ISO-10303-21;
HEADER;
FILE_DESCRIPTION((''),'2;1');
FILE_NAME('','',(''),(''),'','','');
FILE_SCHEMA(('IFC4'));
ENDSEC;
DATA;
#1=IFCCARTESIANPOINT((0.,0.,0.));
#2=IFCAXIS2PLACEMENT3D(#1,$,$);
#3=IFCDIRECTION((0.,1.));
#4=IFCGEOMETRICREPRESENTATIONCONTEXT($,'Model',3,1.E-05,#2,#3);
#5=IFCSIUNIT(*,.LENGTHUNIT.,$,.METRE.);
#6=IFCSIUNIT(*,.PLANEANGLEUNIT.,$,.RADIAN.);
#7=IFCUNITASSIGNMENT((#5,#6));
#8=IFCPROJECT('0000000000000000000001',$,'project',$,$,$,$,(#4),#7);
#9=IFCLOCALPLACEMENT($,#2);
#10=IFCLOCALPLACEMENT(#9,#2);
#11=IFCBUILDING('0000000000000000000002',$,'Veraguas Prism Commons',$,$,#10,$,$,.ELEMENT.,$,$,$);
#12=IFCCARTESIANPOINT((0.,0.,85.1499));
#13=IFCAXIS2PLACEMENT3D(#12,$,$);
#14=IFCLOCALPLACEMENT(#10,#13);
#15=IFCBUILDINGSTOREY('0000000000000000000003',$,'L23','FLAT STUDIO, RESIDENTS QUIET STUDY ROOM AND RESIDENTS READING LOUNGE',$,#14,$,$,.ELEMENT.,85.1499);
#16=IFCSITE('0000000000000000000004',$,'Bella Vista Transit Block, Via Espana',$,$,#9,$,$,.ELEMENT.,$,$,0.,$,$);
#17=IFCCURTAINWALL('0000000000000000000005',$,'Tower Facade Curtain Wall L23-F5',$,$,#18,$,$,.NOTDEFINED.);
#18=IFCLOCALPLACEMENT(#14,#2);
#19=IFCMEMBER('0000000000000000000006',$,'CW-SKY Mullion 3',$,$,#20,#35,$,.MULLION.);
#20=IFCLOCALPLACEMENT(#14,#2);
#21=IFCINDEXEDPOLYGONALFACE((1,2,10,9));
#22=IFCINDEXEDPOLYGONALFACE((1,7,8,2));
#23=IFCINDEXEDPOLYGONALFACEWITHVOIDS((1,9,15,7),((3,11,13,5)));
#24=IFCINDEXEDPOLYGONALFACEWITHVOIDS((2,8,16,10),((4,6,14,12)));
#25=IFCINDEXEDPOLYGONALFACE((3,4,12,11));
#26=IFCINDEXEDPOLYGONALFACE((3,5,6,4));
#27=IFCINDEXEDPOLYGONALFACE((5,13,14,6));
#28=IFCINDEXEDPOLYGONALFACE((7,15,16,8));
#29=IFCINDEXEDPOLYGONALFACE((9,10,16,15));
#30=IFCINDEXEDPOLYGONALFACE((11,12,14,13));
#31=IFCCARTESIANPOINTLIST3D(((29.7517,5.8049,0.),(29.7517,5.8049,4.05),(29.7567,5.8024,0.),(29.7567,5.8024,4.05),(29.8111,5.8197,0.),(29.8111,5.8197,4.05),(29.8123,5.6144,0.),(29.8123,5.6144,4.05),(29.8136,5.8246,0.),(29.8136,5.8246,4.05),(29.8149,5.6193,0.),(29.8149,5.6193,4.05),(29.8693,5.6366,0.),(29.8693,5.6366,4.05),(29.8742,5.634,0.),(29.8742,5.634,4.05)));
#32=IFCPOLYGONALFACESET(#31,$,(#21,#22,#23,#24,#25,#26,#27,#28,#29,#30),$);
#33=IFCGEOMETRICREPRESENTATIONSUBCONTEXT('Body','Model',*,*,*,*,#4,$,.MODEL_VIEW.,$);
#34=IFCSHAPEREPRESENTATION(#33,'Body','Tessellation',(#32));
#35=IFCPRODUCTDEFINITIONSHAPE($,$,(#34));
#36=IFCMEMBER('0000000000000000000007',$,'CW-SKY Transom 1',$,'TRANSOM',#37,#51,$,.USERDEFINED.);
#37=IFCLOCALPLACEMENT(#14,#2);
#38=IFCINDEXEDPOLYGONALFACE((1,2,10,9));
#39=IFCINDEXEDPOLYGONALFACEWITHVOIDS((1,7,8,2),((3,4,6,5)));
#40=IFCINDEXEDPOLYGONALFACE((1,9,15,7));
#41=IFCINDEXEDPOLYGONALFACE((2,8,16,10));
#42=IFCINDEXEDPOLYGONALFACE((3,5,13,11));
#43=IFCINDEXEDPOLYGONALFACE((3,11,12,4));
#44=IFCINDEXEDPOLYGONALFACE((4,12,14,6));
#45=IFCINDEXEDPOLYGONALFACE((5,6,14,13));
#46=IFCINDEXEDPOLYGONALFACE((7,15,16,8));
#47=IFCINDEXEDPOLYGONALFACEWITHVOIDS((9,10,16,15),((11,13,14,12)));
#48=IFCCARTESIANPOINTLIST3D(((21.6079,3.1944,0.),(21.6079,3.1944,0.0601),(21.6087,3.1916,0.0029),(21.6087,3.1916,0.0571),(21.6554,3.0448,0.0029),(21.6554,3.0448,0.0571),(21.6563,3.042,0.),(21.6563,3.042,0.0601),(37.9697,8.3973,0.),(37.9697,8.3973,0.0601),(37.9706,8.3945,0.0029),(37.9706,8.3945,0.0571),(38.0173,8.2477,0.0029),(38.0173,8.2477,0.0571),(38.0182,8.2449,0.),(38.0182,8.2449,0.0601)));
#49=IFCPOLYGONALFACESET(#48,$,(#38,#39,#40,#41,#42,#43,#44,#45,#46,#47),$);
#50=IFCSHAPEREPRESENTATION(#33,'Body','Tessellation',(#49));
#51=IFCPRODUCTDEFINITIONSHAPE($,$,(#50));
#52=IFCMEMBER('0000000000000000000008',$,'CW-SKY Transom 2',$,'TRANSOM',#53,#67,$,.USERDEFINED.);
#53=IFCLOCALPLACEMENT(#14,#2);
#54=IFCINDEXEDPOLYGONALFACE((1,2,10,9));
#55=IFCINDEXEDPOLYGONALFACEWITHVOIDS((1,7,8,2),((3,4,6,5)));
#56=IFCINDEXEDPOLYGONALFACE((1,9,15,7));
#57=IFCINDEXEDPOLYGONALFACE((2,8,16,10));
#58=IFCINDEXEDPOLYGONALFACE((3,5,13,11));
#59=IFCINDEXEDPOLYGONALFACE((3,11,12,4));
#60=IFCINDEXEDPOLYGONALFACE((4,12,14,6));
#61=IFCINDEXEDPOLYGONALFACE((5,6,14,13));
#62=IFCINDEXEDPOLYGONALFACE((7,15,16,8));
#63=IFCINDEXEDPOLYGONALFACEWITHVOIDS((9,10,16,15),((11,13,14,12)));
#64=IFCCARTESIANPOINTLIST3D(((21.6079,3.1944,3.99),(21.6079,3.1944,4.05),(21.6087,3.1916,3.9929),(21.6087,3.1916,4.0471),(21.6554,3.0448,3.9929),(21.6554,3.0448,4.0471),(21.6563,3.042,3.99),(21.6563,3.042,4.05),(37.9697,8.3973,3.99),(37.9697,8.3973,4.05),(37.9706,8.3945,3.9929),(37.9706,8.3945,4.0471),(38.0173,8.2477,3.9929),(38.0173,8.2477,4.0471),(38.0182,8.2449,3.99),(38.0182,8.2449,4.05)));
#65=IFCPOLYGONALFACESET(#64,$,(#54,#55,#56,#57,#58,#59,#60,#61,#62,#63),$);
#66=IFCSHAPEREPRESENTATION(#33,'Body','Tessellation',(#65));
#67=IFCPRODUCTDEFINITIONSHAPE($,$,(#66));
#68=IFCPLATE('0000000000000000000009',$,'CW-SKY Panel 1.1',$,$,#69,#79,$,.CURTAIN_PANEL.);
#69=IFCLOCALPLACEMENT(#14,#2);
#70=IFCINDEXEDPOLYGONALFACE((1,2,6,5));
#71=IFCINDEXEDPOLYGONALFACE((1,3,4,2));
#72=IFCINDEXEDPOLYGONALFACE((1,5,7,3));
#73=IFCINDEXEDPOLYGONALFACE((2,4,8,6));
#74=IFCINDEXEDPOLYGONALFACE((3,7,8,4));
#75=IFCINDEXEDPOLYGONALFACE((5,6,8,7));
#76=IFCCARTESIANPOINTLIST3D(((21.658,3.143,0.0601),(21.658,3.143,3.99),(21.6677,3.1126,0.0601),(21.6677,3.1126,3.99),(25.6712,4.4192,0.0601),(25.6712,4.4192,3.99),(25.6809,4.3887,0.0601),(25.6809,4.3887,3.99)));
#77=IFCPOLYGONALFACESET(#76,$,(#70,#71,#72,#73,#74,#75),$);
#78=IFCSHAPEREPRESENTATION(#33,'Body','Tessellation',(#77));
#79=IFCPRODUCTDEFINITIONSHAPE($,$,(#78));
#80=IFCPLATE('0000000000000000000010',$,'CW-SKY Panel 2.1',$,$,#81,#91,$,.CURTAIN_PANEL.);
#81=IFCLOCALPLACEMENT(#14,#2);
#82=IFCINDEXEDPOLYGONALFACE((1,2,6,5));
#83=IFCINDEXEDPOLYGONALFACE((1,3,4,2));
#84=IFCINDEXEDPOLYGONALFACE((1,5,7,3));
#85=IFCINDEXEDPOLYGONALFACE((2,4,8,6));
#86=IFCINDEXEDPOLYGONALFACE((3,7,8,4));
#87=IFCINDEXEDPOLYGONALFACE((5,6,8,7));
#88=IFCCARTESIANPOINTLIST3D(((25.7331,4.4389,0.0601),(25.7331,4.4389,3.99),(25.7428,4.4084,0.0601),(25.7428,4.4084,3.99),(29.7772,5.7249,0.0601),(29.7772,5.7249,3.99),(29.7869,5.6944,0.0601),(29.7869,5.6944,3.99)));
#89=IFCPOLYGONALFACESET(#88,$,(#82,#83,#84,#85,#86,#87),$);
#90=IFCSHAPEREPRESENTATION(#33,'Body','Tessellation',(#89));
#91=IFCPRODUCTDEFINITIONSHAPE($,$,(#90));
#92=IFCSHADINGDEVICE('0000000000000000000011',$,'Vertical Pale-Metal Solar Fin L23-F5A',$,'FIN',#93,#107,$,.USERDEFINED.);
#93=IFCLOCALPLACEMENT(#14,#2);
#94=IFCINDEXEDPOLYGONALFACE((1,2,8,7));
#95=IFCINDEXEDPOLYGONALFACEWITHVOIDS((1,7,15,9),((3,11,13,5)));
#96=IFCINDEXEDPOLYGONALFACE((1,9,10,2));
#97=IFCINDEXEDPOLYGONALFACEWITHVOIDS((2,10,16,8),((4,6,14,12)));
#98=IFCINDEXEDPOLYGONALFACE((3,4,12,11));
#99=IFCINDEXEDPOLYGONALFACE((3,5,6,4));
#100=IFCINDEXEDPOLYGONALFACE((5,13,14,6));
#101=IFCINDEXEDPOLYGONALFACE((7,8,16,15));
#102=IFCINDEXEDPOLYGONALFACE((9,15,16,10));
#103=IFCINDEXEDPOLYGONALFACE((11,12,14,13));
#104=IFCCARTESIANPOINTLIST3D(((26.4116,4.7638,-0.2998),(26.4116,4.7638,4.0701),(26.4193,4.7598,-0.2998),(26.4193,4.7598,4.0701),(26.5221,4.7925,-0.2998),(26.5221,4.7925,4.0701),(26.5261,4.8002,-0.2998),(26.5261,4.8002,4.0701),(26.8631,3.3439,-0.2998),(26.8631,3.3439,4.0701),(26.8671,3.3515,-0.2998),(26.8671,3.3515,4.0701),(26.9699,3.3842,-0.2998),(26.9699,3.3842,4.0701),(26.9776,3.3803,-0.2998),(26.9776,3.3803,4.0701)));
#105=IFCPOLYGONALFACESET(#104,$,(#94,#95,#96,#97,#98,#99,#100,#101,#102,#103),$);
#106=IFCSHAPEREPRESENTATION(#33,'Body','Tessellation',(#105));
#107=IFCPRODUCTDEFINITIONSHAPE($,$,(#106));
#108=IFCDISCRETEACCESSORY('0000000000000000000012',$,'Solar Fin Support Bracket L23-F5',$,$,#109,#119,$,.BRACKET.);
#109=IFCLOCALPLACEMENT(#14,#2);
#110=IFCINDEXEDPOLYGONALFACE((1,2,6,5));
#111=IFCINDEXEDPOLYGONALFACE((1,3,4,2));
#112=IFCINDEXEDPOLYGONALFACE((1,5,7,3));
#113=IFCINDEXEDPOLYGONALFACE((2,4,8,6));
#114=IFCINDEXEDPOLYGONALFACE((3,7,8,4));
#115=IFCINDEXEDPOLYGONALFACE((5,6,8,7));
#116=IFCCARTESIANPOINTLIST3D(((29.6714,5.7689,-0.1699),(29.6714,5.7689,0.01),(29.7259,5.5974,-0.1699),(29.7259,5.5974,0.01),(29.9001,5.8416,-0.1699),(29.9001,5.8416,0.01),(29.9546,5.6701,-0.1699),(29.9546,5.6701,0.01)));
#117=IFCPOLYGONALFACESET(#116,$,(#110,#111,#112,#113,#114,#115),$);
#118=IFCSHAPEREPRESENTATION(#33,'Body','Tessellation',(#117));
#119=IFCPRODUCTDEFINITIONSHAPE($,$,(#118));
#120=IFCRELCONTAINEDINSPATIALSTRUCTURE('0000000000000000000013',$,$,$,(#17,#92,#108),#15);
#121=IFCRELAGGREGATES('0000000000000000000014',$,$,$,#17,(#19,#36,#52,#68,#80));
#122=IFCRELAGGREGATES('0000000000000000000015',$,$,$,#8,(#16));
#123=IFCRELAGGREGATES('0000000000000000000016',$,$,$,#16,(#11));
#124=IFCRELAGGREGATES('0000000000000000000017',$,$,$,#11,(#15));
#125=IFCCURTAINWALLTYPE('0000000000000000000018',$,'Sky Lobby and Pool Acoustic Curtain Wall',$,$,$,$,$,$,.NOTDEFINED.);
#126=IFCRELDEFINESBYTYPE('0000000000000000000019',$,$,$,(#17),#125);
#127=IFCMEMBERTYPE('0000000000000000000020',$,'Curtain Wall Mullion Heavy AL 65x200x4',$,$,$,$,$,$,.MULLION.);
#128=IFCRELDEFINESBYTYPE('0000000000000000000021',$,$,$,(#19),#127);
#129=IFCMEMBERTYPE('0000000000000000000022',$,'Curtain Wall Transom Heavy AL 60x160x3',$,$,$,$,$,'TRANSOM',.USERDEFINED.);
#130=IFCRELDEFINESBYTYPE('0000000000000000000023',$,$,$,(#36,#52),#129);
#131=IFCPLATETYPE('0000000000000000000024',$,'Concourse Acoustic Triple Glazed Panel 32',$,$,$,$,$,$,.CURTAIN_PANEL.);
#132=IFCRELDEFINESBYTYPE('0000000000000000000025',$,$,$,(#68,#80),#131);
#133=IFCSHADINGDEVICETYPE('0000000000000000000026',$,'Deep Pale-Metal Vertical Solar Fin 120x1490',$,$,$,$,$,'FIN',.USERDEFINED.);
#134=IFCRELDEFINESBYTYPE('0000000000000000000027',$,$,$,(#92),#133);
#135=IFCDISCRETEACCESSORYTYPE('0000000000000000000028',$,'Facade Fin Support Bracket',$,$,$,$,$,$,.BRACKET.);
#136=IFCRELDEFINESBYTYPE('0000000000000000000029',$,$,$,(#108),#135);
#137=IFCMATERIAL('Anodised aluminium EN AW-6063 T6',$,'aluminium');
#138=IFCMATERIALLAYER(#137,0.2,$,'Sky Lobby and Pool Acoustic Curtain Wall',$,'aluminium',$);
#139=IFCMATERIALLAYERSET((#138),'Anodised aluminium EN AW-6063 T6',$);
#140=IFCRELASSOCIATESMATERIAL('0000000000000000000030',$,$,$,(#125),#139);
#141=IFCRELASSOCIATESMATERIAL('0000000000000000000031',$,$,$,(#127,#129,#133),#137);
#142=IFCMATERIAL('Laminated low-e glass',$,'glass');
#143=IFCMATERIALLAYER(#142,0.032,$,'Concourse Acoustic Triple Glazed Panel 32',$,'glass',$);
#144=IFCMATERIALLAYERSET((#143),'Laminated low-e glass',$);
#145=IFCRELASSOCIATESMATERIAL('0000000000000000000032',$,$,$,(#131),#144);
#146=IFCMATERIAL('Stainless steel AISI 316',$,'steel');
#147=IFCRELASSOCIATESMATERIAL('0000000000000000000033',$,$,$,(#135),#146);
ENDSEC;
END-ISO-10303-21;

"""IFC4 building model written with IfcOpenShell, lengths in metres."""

from ifc_helpers import new_model, si_unit, direction, frame, origin, origin_2d, place, context, subcontext, project, spatial, rectangle, hollow_rectangle, extrude, source, transform, mapped, material, layer, layer_set, material_profile, profile_set, type_object, element, aggregate, save


model = new_model("IFC4")

# Units and contexts
model_context = context("Model", 3, precision=1e-05, world=origin(), true_north=direction((0.0, 1.0)))
body_context = subcontext(model_context, "Body", "Model", "MODEL_VIEW")
ifc_project = project(units=[si_unit("LENGTHUNIT", "METRE"), si_unit("PLANEANGLEUNIT", "RADIAN")], contexts=[model_context])

# Site, building, storey
site_placement = place(None, origin())
site = spatial("IfcSite", under=ifc_project, at=site_placement, Name="Bella Vista Transit Block, Via Espana", CompositionType="ELEMENT", RefElevation=0.0)
building_placement = place(site_placement, origin())
building = spatial("IfcBuilding", under=site, at=building_placement, Name="Veraguas Prism Commons", CompositionType="ELEMENT")
storey_placement = place(building_placement, frame((0.0, 0.0, 85.1499)))
storey = spatial("IfcBuildingStorey", under=building, at=storey_placement, Name="L23", Description="FLAT STUDIO, RESIDENTS QUIET STUDY ROOM AND RESIDENTS READING LOUNGE", CompositionType="ELEMENT", Elevation=85.1499)

# Curtain wall, members, plates
ifc_material_1 = material(Name="Anodised aluminium EN AW-6063 T6", Category="aluminium")
ifc_layer_1 = layer(ifc_material_1, 0.2, Name="Sky Lobby and Pool Acoustic Curtain Wall", Category="aluminium")
ifc_layer_set_1 = layer_set([ifc_layer_1], Name="Anodised aluminium EN AW-6063 T6")
curtain_wall_type = type_object("IfcCurtainWallType", Name="Sky Lobby and Pool Acoustic Curtain Wall", PredefinedType="NOTDEFINED", material=ifc_layer_set_1)
curtain_wall_placement = place(storey_placement, origin())
curtain_wall = element("IfcCurtainWall", 1, at=curtain_wall_placement, inside=storey, type_object=curtain_wall_type, Name="Tower Facade Curtain Wall L23-F5", PredefinedType="NOTDEFINED")
ifc_material_profile_1 = material_profile(ifc_material_1, hollow_rectangle(XDim=0.0649, YDim=0.2, WallThickness=0.0039, at=origin_2d()), Name="AL65X200X4")
ifc_profile_set_1 = profile_set([ifc_material_profile_1], Name="Anodised aluminium EN AW-6063 T6")
member_type_1 = type_object("IfcMemberType", Name="Curtain Wall Mullion Heavy AL 65x200x4", PredefinedType="MULLION", material=ifc_profile_set_1)
shared_shape_1 = source(origin(), body_context, "Body", "SweptSolid", [
    extrude(hollow_rectangle(XDim=0.0649, YDim=0.2, WallThickness=0.0039, at=origin_2d()), origin(), (0.0, 0.0, 1.0), 4.05),
])
member_1_placement = place(storey_placement, frame((29.813, 5.7195, 0.0), z_axis=(0.0, 0.0, 1.0), x_axis=(0.952979, 0.303035, 0.0)))
member_1 = element("IfcMember", 2, at=member_1_placement, type_object=member_type_1, Name="CW-SKY Mullion 3", PredefinedType="MULLION", context=body_context, shape_type="MappedRepresentation", body=[
    mapped(shared_shape_1, transform((0.0, 0.0, 0.0), scale=1.0)),
])
ifc_material_profile_2 = material_profile(ifc_material_1, hollow_rectangle(XDim=0.0601, YDim=0.1599, WallThickness=0.0029, at=origin_2d()), Name="AL60X160X3")
ifc_profile_set_2 = profile_set([ifc_material_profile_2], Name="Anodised aluminium EN AW-6063 T6")
member_type_2 = type_object("IfcMemberType", Name="Curtain Wall Transom Heavy AL 60x160x3", ElementType="TRANSOM", PredefinedType="USERDEFINED", material=ifc_profile_set_2)
shared_shape_2 = source(origin(), body_context, "Body", "SweptSolid", [
    extrude(hollow_rectangle(XDim=0.0601, YDim=0.1599, WallThickness=0.0029, at=origin_2d()), origin(), (0.0, 0.0, 1.0), 17.1692),
])
member_2_placement = place(storey_placement, frame((21.6321, 3.1182, 0.03), z_axis=(0.952979, 0.303037, 0.0), x_axis=(0.0, 0.0, 1.0)))
member_2 = element("IfcMember", 3, at=member_2_placement, type_object=member_type_2, Name="CW-SKY Transom 1", ObjectType="TRANSOM", PredefinedType="USERDEFINED", context=body_context, shape_type="MappedRepresentation", body=[
    mapped(shared_shape_2, transform((0.0, 0.0, 0.0), scale=1.0)),
])
member_3_placement = place(storey_placement, frame((21.6321, 3.1182, 4.02), z_axis=(0.952979, 0.303037, 0.0), x_axis=(0.0, 0.0, 1.0)))
member_3 = element("IfcMember", 4, at=member_3_placement, type_object=member_type_2, Name="CW-SKY Transom 2", ObjectType="TRANSOM", PredefinedType="USERDEFINED", context=body_context, shape_type="MappedRepresentation", body=[
    mapped(shared_shape_2, transform((0.0, 0.0, 0.0), scale=1.0)),
])
ifc_material_2 = material(Name="Laminated low-e glass", Category="glass")
ifc_layer_2 = layer(ifc_material_2, 0.032, Name="Concourse Acoustic Triple Glazed Panel 32", Category="glass")
ifc_layer_set_2 = layer_set([ifc_layer_2], Name="Laminated low-e glass")
plate_type = type_object("IfcPlateType", Name="Concourse Acoustic Triple Glazed Panel 32", PredefinedType="CURTAIN_PANEL", material=ifc_layer_set_2)
shared_shape_3 = source(origin(), body_context, "Body", "SweptSolid", [
    extrude(rectangle(XDim=4.2112, YDim=0.032, at=origin_2d()), origin(), (0.0, 0.0, 1.0), 3.9299),
])
plate_1_placement = place(storey_placement, frame((23.6694, 3.7659, 0.0601), z_axis=(0.0, 0.0, 1.0), x_axis=(0.952979, 0.303035, 0.0)))
plate_1 = element("IfcPlate", 5, at=plate_1_placement, type_object=plate_type, Name="CW-SKY Panel 1.1", PredefinedType="CURTAIN_PANEL", context=body_context, shape_type="MappedRepresentation", body=[
    mapped(shared_shape_3, transform((0.0, 0.0, 0.0), scale=1.0)),
])
shared_shape_4 = source(origin(), body_context, "Body", "SweptSolid", [
    extrude(rectangle(XDim=4.2437, YDim=0.032, at=origin_2d()), origin(), (0.0, 0.0, 1.0), 3.9299),
])
plate_2_placement = place(storey_placement, frame((27.76, 5.0667, 0.0601), z_axis=(0.0, 0.0, 1.0), x_axis=(0.952979, 0.303035, 0.0)))
plate_2 = element("IfcPlate", 6, at=plate_2_placement, type_object=plate_type, Name="CW-SKY Panel 2.1", PredefinedType="CURTAIN_PANEL", context=body_context, shape_type="MappedRepresentation", body=[
    mapped(shared_shape_4, transform((0.0, 0.0, 0.0), scale=1.0)),
])
aggregate(curtain_wall, [member_1, member_2, member_3, plate_1, plate_2])

# Shading device
ifc_material_profile_3 = material_profile(ifc_material_1, hollow_rectangle(XDim=0.1201, YDim=1.49, WallThickness=0.0061, at=origin_2d()), Name="FIN120X1490X6")
ifc_profile_set_3 = profile_set([ifc_material_profile_3], Name="Anodised aluminium EN AW-6063 T6")
shading_device_type = type_object("IfcShadingDeviceType", Name="Deep Pale-Metal Vertical Solar Fin 120x1490", ElementType="FIN", PredefinedType="USERDEFINED", material=ifc_profile_set_3)
shading_device_placement = place(storey_placement, frame((26.6946, 4.072, -0.2998), z_axis=(0.0, 0.0, 1.0), x_axis=(0.952979, 0.303037, 0.0)))
element("IfcShadingDevice", 7, at=shading_device_placement, inside=storey, type_object=shading_device_type, Name="Vertical Pale-Metal Solar Fin L23-F5A", ObjectType="FIN", PredefinedType="USERDEFINED", context=body_context, shape_type="SweptSolid", body=[
    extrude(hollow_rectangle(XDim=0.1201, YDim=1.49, WallThickness=0.0061, at=origin_2d()), origin(), (0.0, 0.0, 1.0), 4.3699),
])

# Discrete accessory
ifc_material_3 = material(Name="Stainless steel AISI 316", Category="steel")
discrete_accessory_type = type_object("IfcDiscreteAccessoryType", Name="Facade Fin Support Bracket", PredefinedType="BRACKET", material=ifc_material_3)
shared_shape_5 = source(origin(), body_context, "Body", "SweptSolid", [
    extrude(rectangle(XDim=0.24, YDim=0.1799, at=origin_2d()), origin(), (0.0, 0.0, 1.0), 0.1799),
])
discrete_accessory_placement = place(storey_placement, frame((29.813, 5.7195, -0.1699), z_axis=(0.0, 0.0, 1.0), x_axis=(0.952979, 0.303037, 0.0)))
element("IfcDiscreteAccessory", 8, at=discrete_accessory_placement, inside=storey, type_object=discrete_accessory_type, Name="Solar Fin Support Bracket L23-F5", PredefinedType="BRACKET", context=body_context, shape_type="MappedRepresentation", body=[
    mapped(shared_shape_5, transform((0.0, 0.0, 0.0), scale=1.0)),
])

save(model, "model.ifc")
